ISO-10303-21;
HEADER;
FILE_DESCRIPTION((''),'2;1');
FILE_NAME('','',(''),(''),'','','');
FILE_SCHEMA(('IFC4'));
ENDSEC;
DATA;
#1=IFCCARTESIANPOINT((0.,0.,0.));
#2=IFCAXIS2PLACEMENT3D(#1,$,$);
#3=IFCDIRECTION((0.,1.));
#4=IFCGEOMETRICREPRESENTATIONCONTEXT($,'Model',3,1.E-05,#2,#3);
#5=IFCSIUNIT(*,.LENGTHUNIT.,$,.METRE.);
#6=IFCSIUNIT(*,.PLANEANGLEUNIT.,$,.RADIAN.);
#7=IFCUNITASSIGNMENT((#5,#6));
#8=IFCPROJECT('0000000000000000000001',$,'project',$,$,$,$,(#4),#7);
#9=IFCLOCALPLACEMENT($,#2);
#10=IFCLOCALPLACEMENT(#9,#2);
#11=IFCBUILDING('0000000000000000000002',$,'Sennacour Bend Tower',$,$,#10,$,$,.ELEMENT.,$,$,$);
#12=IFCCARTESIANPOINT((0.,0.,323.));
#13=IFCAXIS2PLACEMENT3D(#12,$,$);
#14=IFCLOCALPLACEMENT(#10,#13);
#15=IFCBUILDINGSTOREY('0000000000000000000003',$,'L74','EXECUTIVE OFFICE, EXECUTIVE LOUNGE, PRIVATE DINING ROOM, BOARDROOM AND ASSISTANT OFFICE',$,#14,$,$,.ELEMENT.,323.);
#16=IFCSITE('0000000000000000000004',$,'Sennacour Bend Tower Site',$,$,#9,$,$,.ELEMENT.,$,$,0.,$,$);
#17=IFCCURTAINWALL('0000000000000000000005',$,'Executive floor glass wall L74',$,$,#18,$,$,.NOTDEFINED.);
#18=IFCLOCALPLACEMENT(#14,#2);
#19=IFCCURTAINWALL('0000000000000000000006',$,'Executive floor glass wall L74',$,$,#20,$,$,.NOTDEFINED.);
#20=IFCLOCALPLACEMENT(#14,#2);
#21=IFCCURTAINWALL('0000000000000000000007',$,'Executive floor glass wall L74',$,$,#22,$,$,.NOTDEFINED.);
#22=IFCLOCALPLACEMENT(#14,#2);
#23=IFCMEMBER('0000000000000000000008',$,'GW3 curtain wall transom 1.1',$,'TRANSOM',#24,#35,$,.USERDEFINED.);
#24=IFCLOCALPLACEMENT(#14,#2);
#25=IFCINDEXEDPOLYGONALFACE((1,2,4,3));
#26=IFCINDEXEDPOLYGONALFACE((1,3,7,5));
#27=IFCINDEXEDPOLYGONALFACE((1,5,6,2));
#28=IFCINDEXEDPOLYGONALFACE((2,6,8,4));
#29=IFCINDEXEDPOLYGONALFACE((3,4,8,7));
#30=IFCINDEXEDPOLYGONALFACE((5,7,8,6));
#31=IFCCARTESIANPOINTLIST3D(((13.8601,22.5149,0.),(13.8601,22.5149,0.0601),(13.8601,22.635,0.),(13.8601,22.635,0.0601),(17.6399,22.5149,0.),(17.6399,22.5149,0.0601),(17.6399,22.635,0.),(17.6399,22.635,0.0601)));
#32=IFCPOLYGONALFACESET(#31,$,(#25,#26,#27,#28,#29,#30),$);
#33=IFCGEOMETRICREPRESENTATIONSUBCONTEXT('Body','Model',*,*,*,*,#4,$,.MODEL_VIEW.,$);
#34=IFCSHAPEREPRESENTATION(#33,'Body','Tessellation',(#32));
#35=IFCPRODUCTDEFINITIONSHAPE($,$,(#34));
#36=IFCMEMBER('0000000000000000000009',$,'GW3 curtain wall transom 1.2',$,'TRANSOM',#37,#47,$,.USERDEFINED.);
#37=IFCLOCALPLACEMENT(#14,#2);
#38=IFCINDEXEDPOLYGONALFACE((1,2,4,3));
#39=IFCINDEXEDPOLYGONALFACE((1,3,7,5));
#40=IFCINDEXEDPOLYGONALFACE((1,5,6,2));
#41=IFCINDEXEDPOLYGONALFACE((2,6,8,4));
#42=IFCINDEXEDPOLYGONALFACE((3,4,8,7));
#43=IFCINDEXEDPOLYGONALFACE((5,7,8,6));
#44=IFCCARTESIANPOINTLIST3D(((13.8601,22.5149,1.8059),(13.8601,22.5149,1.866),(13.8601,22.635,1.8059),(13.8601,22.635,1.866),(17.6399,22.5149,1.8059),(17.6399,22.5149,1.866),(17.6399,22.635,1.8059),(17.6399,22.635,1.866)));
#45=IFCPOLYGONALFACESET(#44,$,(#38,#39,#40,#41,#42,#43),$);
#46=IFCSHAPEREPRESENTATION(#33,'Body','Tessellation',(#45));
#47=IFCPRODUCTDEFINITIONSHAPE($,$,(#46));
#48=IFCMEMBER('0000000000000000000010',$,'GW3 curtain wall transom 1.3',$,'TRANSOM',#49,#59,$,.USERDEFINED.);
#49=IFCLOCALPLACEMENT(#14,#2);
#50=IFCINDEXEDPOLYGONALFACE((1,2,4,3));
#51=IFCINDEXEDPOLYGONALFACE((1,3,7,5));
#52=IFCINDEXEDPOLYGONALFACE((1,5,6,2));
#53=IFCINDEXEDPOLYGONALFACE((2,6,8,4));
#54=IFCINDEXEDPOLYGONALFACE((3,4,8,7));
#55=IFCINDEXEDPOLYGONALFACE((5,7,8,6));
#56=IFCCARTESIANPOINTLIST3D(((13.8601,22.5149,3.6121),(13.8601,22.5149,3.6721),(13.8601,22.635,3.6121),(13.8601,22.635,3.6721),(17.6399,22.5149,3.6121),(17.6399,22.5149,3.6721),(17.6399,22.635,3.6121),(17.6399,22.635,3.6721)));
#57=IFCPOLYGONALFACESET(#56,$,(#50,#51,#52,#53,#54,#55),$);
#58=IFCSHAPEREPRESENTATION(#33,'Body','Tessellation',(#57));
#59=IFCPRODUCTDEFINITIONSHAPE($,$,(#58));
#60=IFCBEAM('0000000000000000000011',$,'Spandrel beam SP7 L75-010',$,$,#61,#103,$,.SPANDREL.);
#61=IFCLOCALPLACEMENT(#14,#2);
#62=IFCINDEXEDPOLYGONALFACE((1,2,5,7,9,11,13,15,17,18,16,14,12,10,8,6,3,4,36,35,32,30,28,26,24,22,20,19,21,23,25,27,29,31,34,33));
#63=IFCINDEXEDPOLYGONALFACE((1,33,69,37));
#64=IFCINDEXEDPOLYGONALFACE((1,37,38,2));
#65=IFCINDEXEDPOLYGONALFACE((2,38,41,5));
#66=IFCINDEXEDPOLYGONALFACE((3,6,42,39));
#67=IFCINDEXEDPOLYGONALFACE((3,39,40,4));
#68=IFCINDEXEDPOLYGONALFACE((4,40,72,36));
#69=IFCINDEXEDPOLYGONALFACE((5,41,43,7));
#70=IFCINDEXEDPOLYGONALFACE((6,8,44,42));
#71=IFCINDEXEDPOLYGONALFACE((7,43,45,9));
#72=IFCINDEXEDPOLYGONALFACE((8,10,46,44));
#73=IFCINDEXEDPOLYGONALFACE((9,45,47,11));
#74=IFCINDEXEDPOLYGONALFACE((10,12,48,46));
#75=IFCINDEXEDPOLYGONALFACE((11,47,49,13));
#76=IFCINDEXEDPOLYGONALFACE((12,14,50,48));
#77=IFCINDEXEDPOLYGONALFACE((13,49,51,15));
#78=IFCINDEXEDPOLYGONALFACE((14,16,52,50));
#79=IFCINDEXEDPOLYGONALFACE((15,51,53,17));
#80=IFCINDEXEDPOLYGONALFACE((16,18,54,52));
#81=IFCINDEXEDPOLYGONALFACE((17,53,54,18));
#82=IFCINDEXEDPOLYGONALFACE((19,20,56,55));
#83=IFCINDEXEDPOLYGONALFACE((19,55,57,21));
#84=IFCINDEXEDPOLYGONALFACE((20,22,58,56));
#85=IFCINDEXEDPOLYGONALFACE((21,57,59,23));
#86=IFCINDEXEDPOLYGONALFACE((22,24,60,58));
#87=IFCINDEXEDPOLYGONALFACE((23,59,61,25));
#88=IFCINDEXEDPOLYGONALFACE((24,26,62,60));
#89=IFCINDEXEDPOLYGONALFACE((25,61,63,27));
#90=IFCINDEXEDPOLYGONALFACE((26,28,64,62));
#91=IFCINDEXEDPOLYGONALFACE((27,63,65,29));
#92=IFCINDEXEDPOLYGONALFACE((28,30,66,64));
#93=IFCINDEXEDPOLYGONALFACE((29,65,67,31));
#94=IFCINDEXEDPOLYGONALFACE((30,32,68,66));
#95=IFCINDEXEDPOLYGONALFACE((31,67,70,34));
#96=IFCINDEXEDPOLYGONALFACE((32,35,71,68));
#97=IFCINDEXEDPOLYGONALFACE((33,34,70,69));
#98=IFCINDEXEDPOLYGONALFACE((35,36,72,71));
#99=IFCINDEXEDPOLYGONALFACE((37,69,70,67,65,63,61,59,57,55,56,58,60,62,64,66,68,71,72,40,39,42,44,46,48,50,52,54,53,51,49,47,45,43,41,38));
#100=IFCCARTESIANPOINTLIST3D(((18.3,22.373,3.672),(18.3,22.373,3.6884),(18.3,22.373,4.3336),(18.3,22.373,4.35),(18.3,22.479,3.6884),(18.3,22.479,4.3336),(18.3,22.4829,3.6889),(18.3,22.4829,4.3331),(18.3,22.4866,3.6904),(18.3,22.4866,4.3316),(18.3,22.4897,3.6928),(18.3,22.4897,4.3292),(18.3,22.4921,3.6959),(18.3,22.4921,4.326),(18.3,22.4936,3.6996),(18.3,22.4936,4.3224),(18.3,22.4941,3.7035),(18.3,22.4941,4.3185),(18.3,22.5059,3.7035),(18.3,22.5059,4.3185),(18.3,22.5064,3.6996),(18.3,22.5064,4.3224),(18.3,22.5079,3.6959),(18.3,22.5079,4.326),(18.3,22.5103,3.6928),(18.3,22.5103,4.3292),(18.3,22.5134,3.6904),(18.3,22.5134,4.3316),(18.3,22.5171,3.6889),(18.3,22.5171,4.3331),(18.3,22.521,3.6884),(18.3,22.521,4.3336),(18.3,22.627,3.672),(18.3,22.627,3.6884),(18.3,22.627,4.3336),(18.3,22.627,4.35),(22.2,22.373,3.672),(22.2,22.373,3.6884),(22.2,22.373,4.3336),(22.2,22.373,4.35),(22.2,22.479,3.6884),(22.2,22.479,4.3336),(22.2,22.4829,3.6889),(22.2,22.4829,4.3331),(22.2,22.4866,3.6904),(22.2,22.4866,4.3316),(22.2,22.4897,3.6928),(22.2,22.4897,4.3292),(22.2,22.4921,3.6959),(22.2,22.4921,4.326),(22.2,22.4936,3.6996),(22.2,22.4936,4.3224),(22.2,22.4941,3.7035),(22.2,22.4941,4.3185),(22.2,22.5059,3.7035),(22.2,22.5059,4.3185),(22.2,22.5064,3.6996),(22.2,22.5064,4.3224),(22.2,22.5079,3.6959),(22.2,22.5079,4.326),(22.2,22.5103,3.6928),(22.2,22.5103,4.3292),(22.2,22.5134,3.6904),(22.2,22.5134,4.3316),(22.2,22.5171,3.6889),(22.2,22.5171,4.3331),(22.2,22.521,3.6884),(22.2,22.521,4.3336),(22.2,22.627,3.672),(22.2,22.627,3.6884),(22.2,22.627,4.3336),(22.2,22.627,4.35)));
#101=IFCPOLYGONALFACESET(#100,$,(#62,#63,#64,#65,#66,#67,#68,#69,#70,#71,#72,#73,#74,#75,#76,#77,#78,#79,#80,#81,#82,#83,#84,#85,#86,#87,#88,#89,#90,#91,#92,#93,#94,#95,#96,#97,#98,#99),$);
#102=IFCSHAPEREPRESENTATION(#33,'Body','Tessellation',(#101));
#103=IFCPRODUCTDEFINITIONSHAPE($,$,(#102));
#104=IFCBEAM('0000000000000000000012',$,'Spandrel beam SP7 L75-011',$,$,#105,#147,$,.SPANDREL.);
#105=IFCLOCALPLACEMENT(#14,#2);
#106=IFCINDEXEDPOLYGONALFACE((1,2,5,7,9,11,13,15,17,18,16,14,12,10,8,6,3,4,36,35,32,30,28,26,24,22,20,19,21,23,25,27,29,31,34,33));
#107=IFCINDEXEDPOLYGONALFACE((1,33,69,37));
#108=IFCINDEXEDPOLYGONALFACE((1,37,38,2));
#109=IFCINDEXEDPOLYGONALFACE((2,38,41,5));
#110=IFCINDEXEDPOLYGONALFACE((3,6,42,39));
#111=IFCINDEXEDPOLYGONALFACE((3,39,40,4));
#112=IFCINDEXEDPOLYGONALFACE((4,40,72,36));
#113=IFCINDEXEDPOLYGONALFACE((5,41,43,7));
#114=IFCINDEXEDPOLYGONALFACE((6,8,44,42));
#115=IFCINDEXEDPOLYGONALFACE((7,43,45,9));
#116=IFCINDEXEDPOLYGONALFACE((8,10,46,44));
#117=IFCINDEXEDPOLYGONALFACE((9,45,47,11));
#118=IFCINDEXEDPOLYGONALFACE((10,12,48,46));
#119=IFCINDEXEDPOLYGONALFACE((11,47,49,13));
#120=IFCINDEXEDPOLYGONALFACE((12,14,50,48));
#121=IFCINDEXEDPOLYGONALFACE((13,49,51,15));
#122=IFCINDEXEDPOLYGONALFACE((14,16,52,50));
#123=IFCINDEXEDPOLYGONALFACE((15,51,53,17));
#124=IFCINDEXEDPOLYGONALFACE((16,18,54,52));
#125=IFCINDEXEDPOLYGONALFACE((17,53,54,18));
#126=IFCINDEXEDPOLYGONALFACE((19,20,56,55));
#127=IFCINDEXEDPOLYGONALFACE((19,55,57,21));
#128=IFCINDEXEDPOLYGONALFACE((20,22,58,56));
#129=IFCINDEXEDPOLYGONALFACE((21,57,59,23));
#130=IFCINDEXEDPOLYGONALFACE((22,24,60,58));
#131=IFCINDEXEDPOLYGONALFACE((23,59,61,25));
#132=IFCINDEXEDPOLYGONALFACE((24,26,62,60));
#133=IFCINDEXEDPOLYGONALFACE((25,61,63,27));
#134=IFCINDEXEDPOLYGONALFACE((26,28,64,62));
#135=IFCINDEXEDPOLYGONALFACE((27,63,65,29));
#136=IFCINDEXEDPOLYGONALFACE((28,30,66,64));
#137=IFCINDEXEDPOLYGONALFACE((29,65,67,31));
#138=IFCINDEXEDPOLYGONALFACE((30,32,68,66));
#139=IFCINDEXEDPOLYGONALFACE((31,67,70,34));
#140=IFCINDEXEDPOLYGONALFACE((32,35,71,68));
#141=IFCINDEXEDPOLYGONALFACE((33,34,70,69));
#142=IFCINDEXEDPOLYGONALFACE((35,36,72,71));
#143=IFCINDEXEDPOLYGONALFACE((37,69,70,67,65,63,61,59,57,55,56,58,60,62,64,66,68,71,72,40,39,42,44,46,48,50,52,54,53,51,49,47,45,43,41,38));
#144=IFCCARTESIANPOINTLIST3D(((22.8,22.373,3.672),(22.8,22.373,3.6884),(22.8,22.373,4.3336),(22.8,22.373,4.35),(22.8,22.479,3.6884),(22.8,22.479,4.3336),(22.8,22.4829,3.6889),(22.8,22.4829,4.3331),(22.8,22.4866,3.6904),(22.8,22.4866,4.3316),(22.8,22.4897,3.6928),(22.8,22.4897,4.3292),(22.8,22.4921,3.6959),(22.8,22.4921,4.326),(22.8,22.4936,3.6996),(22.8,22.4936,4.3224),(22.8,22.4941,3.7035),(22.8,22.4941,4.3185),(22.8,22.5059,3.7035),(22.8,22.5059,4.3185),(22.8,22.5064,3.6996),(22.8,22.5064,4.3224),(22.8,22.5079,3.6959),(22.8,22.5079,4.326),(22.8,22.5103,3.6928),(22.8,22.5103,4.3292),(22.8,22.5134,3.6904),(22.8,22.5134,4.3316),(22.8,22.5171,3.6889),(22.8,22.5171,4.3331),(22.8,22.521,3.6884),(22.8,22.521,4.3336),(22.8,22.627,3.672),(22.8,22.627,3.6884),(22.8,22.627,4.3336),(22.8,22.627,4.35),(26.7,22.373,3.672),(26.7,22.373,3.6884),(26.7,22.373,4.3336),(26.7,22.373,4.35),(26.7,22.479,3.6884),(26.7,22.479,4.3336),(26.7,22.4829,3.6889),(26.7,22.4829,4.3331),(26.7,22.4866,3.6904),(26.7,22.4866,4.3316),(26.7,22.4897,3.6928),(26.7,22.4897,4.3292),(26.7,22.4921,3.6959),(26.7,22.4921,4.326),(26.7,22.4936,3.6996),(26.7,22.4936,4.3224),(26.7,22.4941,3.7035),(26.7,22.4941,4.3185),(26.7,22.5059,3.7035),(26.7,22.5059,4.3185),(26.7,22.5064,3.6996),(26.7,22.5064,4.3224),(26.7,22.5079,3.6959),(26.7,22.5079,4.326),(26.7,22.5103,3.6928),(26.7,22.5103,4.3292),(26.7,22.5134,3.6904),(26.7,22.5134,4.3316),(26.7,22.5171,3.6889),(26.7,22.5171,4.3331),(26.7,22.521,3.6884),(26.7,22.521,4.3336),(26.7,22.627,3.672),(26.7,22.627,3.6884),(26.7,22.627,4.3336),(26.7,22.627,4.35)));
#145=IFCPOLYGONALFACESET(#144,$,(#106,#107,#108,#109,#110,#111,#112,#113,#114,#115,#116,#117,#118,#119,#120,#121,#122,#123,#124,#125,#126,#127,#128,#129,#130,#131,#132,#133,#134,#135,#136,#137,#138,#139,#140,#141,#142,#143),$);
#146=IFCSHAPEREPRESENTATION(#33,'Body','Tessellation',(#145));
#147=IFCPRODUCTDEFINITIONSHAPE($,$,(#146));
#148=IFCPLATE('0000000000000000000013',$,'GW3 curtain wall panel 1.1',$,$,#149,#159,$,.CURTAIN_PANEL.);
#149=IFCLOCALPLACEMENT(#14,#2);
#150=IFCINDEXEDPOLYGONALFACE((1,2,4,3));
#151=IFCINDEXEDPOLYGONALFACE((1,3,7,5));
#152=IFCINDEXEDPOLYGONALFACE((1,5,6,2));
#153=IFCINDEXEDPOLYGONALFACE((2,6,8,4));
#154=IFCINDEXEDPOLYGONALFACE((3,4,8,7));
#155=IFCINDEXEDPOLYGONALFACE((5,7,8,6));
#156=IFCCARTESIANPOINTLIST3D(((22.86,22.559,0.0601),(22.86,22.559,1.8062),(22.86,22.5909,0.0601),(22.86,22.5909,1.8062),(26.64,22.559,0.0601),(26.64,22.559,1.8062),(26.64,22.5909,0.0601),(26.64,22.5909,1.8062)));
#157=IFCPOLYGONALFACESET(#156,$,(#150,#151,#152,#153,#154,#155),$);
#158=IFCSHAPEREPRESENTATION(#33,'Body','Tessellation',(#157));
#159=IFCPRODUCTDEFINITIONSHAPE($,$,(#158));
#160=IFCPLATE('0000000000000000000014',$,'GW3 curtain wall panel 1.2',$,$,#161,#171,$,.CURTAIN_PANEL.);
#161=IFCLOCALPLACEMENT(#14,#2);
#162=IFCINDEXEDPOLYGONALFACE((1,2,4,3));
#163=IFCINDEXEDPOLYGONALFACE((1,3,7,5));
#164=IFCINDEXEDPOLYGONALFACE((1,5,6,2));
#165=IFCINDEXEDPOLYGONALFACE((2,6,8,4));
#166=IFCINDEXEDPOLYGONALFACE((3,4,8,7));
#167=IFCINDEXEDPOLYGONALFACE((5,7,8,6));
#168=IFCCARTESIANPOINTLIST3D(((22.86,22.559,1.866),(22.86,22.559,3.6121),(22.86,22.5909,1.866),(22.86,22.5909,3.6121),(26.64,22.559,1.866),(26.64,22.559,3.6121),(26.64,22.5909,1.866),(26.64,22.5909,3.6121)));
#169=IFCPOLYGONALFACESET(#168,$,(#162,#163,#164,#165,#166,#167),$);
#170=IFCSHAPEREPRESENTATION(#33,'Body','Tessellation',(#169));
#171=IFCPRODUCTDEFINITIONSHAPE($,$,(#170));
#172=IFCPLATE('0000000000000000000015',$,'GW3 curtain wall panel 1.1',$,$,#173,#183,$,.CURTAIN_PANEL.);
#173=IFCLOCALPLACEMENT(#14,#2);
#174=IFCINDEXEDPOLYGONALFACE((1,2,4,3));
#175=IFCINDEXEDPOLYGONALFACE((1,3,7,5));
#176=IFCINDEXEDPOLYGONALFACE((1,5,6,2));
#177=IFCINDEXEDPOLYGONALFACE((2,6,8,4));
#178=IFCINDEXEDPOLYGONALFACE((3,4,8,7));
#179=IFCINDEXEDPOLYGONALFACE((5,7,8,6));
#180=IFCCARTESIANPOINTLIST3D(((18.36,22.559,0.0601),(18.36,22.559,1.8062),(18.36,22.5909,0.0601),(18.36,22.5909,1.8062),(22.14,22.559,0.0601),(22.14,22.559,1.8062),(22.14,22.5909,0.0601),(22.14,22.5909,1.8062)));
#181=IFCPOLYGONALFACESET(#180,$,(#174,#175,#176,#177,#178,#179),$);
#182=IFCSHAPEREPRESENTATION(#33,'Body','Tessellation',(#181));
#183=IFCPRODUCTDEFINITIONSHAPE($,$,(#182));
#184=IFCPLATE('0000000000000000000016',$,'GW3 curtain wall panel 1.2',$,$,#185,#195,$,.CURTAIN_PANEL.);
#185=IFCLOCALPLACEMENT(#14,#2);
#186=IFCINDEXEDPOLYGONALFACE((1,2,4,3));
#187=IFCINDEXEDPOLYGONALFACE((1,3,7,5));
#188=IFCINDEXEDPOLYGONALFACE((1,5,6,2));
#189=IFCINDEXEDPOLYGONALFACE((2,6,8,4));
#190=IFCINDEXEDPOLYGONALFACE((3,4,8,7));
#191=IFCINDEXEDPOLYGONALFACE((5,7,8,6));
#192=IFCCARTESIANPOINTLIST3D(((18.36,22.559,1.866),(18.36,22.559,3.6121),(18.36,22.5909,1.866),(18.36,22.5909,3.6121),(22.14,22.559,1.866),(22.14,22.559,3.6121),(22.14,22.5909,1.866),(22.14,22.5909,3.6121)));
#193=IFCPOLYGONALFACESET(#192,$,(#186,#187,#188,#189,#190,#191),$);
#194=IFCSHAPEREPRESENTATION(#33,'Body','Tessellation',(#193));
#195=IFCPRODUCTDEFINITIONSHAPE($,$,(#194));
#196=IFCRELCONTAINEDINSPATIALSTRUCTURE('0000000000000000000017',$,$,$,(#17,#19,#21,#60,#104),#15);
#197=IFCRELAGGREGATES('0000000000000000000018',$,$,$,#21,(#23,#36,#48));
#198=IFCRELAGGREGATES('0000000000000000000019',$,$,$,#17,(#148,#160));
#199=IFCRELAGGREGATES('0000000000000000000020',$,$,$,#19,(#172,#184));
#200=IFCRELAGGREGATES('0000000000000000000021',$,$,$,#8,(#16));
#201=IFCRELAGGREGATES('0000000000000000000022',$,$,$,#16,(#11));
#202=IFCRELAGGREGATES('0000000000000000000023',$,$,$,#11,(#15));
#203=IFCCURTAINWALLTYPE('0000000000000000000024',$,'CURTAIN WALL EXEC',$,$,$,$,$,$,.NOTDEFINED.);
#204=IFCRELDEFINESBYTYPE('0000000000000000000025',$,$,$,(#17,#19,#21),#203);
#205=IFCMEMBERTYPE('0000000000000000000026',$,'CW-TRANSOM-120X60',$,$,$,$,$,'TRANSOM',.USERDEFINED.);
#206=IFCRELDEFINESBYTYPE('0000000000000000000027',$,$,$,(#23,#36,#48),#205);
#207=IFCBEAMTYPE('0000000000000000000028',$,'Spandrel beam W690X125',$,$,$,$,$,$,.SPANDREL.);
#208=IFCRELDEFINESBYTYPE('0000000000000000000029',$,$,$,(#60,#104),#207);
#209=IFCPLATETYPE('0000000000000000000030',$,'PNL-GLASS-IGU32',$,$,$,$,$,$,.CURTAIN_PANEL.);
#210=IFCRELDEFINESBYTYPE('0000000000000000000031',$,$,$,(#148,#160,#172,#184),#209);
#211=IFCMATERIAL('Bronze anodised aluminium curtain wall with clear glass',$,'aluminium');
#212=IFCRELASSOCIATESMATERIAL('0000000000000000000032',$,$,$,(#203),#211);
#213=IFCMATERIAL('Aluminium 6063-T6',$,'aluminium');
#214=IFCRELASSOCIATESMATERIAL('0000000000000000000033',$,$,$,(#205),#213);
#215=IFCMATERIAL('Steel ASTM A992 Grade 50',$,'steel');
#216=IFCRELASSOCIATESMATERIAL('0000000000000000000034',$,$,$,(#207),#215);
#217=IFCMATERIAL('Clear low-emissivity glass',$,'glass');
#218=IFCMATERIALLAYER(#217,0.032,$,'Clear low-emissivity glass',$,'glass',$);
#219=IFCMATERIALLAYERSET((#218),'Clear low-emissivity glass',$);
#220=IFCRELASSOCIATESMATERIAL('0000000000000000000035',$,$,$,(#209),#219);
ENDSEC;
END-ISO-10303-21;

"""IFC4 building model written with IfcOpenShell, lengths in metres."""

from ifc_helpers import new_model, si_unit, direction, frame, origin, origin_2d, place, context, subcontext, project, spatial, rectangle, i_section, extrude, material, layer, layer_set, material_profile, profile_set, type_object, element, aggregate, save


model = new_model("IFC4")

# Units and contexts
model_context = context("Model", 3, precision=1e-05, world=origin(), true_north=direction((0.0, 1.0)))
body_context = subcontext(model_context, "Body", "Model", "MODEL_VIEW")
ifc_project = project(units=[si_unit("LENGTHUNIT", "METRE"), si_unit("PLANEANGLEUNIT", "RADIAN")], contexts=[model_context])

# Site, building, storey
site_placement = place(None, origin())
site = spatial("IfcSite", under=ifc_project, at=site_placement, Name="Sennacour Bend Tower Site", CompositionType="ELEMENT", RefElevation=0.0)
building_placement = place(site_placement, origin())
building = spatial("IfcBuilding", under=site, at=building_placement, Name="Sennacour Bend Tower", CompositionType="ELEMENT")
storey_placement = place(building_placement, frame((0.0, 0.0, 323.0)))
storey = spatial("IfcBuildingStorey", under=building, at=storey_placement, Name="L74", Description="EXECUTIVE OFFICE, EXECUTIVE LOUNGE, PRIVATE DINING ROOM, BOARDROOM AND ASSISTANT OFFICE", CompositionType="ELEMENT", Elevation=323.0)

# Curtain walls
ifc_material_1 = material(Name="Bronze anodised aluminium curtain wall with clear glass", Category="aluminium")
curtain_wall_type = type_object("IfcCurtainWallType", Name="CURTAIN WALL EXEC", PredefinedType="NOTDEFINED", material=ifc_material_1)
curtain_wall_1_placement = place(storey_placement, origin())
curtain_wall_1 = element("IfcCurtainWall", 1, at=curtain_wall_1_placement, inside=storey, type_object=curtain_wall_type, Name="Executive floor glass wall L74", PredefinedType="NOTDEFINED")
ifc_material_2 = material(Name="Aluminium 6063-T6", Category="aluminium")
curtain_wall_2_placement = place(storey_placement, origin())
curtain_wall_2 = element("IfcCurtainWall", 2, at=curtain_wall_2_placement, inside=storey, type_object=curtain_wall_type, Name="Executive floor glass wall L74", PredefinedType="NOTDEFINED")

# Curtain wall
curtain_wall_3_placement = place(storey_placement, origin())
curtain_wall_3 = element("IfcCurtainWall", 3, at=curtain_wall_3_placement, inside=storey, type_object=curtain_wall_type, Name="Executive floor glass wall L74", PredefinedType="NOTDEFINED")

# Members
ifc_material_profile_1 = material_profile(ifc_material_2, rectangle(XDim=0.1201, YDim=0.0601, at=origin_2d()), Name="Aluminium 6063-T6", Category="aluminium")
ifc_profile_set_1 = profile_set([ifc_material_profile_1], Name="Aluminium 6063-T6")
member_type_1 = type_object("IfcMemberType", Name="CW-TRANSOM-120X60", ElementType="TRANSOM", PredefinedType="USERDEFINED", material=ifc_profile_set_1)
member_1_placement = place(storey_placement, frame((17.6399, 22.575, 0.03), z_axis=(-1.0, 0.0, 0.0), x_axis=(0.0, -1.0, 0.0)))
member_1 = element("IfcMember", 4, at=member_1_placement, type_object=member_type_1, Name="GW3 curtain wall transom 1.1", ObjectType="TRANSOM", PredefinedType="USERDEFINED", context=body_context, shape_type="SweptSolid", body=[
    extrude(rectangle(XDim=0.1201, YDim=0.0601, at=origin_2d()), origin(), (0.0, 0.0, 1.0), 3.7798),
])
member_2_placement = place(storey_placement, frame((17.6399, 22.575, 1.8359), z_axis=(-1.0, 0.0, 0.0), x_axis=(0.0, -1.0, 0.0)))
member_2 = element("IfcMember", 5, at=member_2_placement, type_object=member_type_1, Name="GW3 curtain wall transom 1.2", ObjectType="TRANSOM", PredefinedType="USERDEFINED", context=body_context, shape_type="SweptSolid", body=[
    extrude(rectangle(XDim=0.1201, YDim=0.0601, at=origin_2d()), origin(), (0.0, 0.0, 1.0), 3.7798),
])
member_3_placement = place(storey_placement, frame((17.6399, 22.575, 3.6421), z_axis=(-1.0, 0.0, 0.0), x_axis=(0.0, -1.0, 0.0)))
member_3 = element("IfcMember", 6, at=member_3_placement, type_object=member_type_1, Name="GW3 curtain wall transom 1.3", ObjectType="TRANSOM", PredefinedType="USERDEFINED", context=body_context, shape_type="SweptSolid", body=[
    extrude(rectangle(XDim=0.1201, YDim=0.0601, at=origin_2d()), origin(), (0.0, 0.0, 1.0), 3.7798),
])
aggregate(curtain_wall_3, [member_1, member_2, member_3])

# Beams
ifc_material_3 = material(Name="Steel ASTM A992 Grade 50", Category="steel")
ifc_material_profile_2 = material_profile(ifc_material_3, i_section(OverallWidth=0.2539, OverallDepth=0.678, WebThickness=0.0117, FlangeThickness=0.0164, FilletRadius=0.0151, at=origin_2d()), Name="Steel ASTM A992 Grade 50", Category="steel")
ifc_profile_set_2 = profile_set([ifc_material_profile_2], Name="Steel ASTM A992 Grade 50")
beam_type = type_object("IfcBeamType", Name="Spandrel beam W690X125", PredefinedType="SPANDREL", material=ifc_profile_set_2)
for number, where, z_axis, x_axis, name in (
    (7, (18.3, 22.5, 4.011), (1.0, 0.0, 0.0), (0.0, 1.0, 0.0), "Spandrel beam SP7 L75-010"),
    (8, (22.8, 22.5, 4.011), (1.0, 0.0, 0.0), (0.0, 1.0, 0.0), "Spandrel beam SP7 L75-011"),
):
    element("IfcBeam", number, at=place(storey_placement, frame(where, z_axis=z_axis, x_axis=x_axis)), inside=storey, type_object=beam_type, Name=name, PredefinedType="SPANDREL", context=body_context, shape_type="SweptSolid", body=[
        extrude(i_section(OverallWidth=0.2539, OverallDepth=0.678, WebThickness=0.0117, FlangeThickness=0.0164, FilletRadius=0.0151, at=origin_2d()), origin(), (0.0, 0.0, 1.0), 3.8999),
    ])

# Plates
ifc_material_4 = material(Name="Clear low-emissivity glass", Category="glass")
ifc_layer_1 = layer(ifc_material_4, 0.032, Name="Clear low-emissivity glass", Category="glass")
ifc_layer_set_1 = layer_set([ifc_layer_1], Name="Clear low-emissivity glass")
plate_type = type_object("IfcPlateType", Name="PNL-GLASS-IGU32", PredefinedType="CURTAIN_PANEL", material=ifc_layer_set_1)
plate_1_placement = place(storey_placement, frame((24.75, 22.575, 0.0601), z_axis=(0.0, 0.0, 1.0), x_axis=(-1.0, 0.0, 0.0)))
plate_1 = element("IfcPlate", 9, at=plate_1_placement, type_object=plate_type, Name="GW3 curtain wall panel 1.1", PredefinedType="CURTAIN_PANEL", context=body_context, shape_type="SweptSolid", body=[
    extrude(rectangle(XDim=3.78, YDim=0.032, at=origin_2d()), origin(), (0.0, 0.0, 1.0), 1.7461),
])
plate_2_placement = place(storey_placement, frame((24.75, 22.575, 1.866), z_axis=(0.0, 0.0, 1.0), x_axis=(-1.0, 0.0, 0.0)))
plate_2 = element("IfcPlate", 10, at=plate_2_placement, type_object=plate_type, Name="GW3 curtain wall panel 1.2", PredefinedType="CURTAIN_PANEL", context=body_context, shape_type="SweptSolid", body=[
    extrude(rectangle(XDim=3.78, YDim=0.032, at=origin_2d()), origin(), (0.0, 0.0, 1.0), 1.7461),
])
aggregate(curtain_wall_1, [plate_1, plate_2])
plate_3_placement = place(storey_placement, frame((20.25, 22.575, 0.0601), z_axis=(0.0, 0.0, 1.0), x_axis=(-1.0, 0.0, 0.0)))
plate_3 = element("IfcPlate", 11, at=plate_3_placement, type_object=plate_type, Name="GW3 curtain wall panel 1.1", PredefinedType="CURTAIN_PANEL", context=body_context, shape_type="SweptSolid", body=[
    extrude(rectangle(XDim=3.78, YDim=0.032, at=origin_2d()), origin(), (0.0, 0.0, 1.0), 1.7461),
])
plate_4_placement = place(storey_placement, frame((20.25, 22.575, 1.866), z_axis=(0.0, 0.0, 1.0), x_axis=(-1.0, 0.0, 0.0)))
plate_4 = element("IfcPlate", 12, at=plate_4_placement, type_object=plate_type, Name="GW3 curtain wall panel 1.2", PredefinedType="CURTAIN_PANEL", context=body_context, shape_type="SweptSolid", body=[
    extrude(rectangle(XDim=3.78, YDim=0.032, at=origin_2d()), origin(), (0.0, 0.0, 1.0), 1.7461),
])
aggregate(curtain_wall_2, [plate_3, plate_4])

save(model, "model.ifc")
